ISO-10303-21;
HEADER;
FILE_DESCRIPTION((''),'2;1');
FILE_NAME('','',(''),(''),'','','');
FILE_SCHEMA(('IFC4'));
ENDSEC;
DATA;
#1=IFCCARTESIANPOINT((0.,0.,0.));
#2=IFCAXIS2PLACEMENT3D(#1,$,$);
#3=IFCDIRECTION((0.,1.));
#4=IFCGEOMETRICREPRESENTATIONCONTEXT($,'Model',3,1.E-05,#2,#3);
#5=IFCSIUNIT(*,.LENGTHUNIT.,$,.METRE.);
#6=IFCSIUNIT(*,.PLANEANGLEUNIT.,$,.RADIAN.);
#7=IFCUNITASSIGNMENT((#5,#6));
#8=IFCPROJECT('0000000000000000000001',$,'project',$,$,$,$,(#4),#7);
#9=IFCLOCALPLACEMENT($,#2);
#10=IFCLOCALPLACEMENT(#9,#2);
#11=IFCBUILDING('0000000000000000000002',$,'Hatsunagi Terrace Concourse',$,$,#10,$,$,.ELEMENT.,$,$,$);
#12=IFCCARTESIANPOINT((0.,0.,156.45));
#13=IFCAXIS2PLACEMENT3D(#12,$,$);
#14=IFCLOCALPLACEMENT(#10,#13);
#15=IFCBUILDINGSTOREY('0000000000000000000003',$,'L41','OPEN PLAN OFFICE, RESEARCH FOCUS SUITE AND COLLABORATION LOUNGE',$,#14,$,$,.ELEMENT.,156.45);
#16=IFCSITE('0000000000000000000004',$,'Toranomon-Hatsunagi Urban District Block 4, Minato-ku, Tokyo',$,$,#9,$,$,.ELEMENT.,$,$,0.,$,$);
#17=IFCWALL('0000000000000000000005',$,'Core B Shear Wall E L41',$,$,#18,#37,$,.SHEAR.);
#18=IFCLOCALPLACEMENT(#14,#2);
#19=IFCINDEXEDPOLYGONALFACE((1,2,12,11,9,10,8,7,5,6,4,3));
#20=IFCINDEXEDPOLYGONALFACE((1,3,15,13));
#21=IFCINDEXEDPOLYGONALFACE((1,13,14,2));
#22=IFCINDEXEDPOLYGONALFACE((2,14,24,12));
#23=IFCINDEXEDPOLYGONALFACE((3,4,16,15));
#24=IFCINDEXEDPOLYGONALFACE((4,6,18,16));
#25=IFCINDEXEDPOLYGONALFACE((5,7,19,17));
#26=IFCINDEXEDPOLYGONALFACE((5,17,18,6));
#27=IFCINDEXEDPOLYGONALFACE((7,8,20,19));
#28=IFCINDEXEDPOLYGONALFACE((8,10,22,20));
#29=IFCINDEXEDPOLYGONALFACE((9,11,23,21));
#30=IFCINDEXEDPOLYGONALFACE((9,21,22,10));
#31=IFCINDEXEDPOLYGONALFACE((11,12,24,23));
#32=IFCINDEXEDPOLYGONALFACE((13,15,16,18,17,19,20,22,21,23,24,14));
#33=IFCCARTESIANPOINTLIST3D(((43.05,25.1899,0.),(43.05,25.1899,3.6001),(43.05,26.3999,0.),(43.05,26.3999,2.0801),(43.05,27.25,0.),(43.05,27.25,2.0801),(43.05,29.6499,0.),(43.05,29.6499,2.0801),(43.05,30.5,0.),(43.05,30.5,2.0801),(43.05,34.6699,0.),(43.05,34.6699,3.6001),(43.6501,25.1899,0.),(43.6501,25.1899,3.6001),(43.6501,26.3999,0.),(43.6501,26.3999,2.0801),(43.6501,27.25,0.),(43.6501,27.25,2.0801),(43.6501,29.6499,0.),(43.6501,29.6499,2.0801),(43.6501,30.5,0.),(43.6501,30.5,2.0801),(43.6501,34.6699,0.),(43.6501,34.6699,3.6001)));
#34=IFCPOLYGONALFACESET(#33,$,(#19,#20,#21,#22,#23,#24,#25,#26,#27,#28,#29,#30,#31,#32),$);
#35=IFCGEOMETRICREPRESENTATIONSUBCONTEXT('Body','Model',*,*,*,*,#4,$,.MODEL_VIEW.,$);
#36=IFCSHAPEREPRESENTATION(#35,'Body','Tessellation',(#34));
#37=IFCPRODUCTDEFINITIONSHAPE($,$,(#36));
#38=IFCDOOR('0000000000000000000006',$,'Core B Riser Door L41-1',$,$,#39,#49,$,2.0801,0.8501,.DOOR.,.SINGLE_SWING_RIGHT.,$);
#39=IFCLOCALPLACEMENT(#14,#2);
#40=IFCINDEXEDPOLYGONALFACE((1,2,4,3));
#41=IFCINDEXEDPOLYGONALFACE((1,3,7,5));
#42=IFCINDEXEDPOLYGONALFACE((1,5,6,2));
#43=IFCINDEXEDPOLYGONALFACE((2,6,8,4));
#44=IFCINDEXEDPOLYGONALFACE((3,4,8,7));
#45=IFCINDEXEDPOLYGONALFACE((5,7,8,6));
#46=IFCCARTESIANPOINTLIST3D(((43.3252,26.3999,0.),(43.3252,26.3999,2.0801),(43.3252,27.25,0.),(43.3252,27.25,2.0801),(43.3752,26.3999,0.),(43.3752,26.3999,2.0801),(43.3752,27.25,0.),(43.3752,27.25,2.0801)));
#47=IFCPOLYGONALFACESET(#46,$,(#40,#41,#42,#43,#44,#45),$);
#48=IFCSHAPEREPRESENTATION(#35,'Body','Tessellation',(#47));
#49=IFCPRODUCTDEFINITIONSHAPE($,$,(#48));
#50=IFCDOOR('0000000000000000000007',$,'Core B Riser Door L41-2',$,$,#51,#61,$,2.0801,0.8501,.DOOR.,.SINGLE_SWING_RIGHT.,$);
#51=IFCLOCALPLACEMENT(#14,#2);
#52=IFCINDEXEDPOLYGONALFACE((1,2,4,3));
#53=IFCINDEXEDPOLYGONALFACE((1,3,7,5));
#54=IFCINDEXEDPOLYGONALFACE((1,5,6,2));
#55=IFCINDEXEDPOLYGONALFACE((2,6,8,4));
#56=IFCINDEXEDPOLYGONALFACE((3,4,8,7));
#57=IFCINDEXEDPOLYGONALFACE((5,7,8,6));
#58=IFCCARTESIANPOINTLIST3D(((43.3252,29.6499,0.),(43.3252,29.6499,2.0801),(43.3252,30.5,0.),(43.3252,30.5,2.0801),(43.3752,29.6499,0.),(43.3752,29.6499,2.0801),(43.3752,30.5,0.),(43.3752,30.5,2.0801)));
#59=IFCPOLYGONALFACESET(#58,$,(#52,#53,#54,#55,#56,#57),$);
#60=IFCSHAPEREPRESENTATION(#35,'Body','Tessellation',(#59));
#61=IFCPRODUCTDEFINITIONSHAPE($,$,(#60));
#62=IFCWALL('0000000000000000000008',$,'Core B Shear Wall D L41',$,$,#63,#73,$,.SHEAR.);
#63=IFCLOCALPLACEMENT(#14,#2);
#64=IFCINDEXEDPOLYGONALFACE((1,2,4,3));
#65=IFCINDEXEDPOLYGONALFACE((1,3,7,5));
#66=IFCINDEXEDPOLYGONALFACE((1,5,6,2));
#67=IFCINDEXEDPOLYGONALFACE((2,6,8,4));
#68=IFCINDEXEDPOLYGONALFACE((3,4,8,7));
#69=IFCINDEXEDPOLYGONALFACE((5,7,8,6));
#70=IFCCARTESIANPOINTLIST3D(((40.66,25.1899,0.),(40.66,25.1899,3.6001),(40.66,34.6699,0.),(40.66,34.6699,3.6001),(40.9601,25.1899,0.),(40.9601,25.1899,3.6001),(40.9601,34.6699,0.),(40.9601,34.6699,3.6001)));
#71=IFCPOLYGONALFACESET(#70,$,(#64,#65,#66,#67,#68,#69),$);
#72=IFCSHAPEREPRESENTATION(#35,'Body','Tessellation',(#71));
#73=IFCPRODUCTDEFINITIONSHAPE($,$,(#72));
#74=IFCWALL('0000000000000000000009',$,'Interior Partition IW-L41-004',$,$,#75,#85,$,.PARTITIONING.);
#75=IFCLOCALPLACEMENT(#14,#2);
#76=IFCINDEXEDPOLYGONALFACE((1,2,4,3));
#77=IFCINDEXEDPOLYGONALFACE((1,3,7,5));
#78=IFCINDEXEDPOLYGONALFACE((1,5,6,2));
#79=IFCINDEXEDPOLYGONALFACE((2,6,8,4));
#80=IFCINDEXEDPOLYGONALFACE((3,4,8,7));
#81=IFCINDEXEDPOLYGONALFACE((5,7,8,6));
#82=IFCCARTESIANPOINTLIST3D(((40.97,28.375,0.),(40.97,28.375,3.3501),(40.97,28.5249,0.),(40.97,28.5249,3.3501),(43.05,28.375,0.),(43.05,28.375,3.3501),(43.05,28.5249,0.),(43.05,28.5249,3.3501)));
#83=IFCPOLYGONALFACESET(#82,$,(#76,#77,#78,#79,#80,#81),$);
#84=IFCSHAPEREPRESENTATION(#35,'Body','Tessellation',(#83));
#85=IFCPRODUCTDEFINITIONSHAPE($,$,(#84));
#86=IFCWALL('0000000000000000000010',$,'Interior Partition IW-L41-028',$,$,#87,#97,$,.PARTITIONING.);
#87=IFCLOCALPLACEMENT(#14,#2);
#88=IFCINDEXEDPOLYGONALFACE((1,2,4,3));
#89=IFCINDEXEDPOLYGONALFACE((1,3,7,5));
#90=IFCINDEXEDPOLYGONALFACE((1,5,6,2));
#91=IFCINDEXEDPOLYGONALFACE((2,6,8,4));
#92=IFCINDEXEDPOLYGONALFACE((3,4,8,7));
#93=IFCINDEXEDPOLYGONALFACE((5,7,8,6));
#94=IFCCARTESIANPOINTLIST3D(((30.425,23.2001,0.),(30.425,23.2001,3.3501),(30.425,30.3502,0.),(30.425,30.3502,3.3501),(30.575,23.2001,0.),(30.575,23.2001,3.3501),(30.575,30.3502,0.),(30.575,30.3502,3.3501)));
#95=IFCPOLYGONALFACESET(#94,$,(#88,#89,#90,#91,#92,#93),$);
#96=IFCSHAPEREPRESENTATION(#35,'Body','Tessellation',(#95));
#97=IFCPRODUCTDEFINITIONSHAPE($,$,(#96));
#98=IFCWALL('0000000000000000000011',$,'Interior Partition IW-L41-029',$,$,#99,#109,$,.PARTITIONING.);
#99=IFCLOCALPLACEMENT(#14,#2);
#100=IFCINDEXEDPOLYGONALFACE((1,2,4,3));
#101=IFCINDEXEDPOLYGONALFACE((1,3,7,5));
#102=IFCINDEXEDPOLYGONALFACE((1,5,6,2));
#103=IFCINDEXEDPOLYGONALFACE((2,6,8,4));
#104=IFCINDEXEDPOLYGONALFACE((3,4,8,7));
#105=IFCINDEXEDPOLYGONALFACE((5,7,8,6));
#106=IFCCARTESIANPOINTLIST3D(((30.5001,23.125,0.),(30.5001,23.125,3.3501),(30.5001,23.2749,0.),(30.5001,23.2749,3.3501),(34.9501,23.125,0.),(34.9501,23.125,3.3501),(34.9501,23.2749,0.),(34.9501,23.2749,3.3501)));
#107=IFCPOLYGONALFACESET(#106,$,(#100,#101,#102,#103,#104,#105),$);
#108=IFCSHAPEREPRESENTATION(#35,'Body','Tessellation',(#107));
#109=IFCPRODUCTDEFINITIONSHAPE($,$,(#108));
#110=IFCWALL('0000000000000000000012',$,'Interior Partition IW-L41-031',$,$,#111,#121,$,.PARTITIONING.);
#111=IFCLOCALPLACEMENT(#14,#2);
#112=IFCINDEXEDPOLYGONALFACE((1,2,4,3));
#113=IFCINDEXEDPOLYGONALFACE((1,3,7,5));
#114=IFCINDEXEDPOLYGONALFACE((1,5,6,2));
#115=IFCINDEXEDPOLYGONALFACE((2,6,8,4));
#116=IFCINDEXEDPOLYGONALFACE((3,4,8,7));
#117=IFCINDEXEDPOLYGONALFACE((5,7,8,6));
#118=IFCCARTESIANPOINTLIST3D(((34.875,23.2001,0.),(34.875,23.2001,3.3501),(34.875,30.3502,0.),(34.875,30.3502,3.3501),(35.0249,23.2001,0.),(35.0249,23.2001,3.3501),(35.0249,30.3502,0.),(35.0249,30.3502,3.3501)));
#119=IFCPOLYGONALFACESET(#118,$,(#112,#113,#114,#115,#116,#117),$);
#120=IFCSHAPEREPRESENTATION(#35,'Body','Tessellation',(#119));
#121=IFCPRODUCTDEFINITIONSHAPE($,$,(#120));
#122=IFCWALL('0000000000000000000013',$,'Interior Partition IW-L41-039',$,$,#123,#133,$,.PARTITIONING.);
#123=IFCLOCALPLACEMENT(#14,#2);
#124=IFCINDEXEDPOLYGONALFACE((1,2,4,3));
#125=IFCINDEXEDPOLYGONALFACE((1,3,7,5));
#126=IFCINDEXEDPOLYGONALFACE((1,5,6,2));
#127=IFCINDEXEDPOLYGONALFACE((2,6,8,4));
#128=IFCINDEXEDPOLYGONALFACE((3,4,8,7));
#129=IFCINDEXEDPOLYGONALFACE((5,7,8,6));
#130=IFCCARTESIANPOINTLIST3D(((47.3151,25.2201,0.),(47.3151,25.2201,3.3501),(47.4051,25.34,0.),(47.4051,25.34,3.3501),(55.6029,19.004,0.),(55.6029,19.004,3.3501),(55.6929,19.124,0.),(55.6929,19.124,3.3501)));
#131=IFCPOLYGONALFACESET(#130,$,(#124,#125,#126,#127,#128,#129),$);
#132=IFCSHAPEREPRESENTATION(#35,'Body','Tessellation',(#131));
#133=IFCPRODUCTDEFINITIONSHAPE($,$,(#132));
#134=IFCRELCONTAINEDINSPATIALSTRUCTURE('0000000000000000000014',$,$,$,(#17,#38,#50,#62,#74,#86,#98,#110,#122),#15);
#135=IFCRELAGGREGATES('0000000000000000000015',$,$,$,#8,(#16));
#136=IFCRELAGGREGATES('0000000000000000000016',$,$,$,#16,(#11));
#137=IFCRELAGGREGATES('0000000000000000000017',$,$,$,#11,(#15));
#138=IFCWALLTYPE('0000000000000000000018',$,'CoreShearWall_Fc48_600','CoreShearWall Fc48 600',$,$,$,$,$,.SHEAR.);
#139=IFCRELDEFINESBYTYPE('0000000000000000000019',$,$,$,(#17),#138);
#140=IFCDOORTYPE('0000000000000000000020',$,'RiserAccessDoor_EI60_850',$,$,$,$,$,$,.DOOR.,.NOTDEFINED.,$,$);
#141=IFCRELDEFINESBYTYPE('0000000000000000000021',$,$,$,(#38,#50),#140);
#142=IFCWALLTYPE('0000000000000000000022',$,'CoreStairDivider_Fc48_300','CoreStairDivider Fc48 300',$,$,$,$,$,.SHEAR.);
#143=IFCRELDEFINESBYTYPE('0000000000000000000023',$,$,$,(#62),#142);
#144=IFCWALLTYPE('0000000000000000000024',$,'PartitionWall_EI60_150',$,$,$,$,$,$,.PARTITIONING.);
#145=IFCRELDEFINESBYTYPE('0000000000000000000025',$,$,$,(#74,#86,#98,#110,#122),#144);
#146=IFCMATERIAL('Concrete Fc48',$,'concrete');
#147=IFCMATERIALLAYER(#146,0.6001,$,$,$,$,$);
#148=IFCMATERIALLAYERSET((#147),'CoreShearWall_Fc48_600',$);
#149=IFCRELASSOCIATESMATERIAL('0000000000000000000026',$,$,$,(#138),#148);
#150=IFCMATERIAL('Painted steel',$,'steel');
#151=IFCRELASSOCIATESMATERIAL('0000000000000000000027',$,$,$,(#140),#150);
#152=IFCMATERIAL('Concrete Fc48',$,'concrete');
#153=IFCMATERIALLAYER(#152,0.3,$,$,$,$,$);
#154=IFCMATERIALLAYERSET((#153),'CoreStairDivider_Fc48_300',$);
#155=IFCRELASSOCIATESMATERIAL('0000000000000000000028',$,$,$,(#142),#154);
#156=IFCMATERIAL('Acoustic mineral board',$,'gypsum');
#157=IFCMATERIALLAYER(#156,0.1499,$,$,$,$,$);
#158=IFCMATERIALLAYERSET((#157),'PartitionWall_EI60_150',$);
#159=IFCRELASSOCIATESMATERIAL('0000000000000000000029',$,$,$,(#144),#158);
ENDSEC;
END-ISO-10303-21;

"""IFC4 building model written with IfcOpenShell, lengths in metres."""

from ifc_helpers import new_model, si_unit, direction, frame, frame_2d, origin, place, context, subcontext, project, spatial, rectangle, extrude, material, layer, layer_set, type_object, element, fill, save


model = new_model("IFC4")

# Units and contexts
model_context = context("Model", 3, precision=1e-05, world=origin(), true_north=direction((0.0, 1.0)))
body_context = subcontext(model_context, "Body", "Model", "MODEL_VIEW")
ifc_project = project(units=[si_unit("LENGTHUNIT", "METRE"), si_unit("PLANEANGLEUNIT", "RADIAN")], contexts=[model_context])

# Site, building, storey
site_placement = place(None, origin())
site = spatial("IfcSite", under=ifc_project, at=site_placement, Name="Toranomon-Hatsunagi Urban District Block 4, Minato-ku, Tokyo", CompositionType="ELEMENT", RefElevation=0.0)
building_placement = place(site_placement, origin())
building = spatial("IfcBuilding", under=site, at=building_placement, Name="Hatsunagi Terrace Concourse", CompositionType="ELEMENT")
storey_placement = place(building_placement, frame((0.0, 0.0, 156.45)))
storey = spatial("IfcBuildingStorey", under=building, at=storey_placement, Name="L41", Description="OPEN PLAN OFFICE, RESEARCH FOCUS SUITE AND COLLABORATION LOUNGE", CompositionType="ELEMENT", Elevation=156.45)

# Shared definitions
ifc_material_1 = material(Name="Concrete Fc48", Category="concrete")
ifc_layer_1 = layer(ifc_material_1, 0.6001)
ifc_layer_set_1 = layer_set([ifc_layer_1], Name="CoreShearWall_Fc48_600")
wall_type_1 = type_object("IfcWallType", Name="CoreShearWall_Fc48_600", Description="CoreShearWall Fc48 600", PredefinedType="SHEAR", material=ifc_layer_set_1)

# Wall, openings, doors
wall_1_placement = place(storey_placement, frame((43.3501, 25.1899, 0.0), z_axis=(0.0, 0.0, 1.0), x_axis=(0.0, 1.0, 0.0)))
wall_1 = element("IfcWall", 1, at=wall_1_placement, inside=storey, type_object=wall_type_1, Name="Core B Shear Wall E L41", PredefinedType="SHEAR", context=body_context, shape_type="SweptSolid", body=[
    extrude(rectangle(XDim=9.48, YDim=0.6001, at=frame_2d((4.74, 0.0))), origin(), (0.0, 0.0, 1.0), 3.6001),
])
opening_1_placement = place(wall_1_placement, frame((1.21, 0.0, 0.0)))
opening_1 = element("IfcOpeningElement", 2, at=opening_1_placement, cuts=wall_1, PredefinedType="OPENING", context=body_context, shape_type="SweptSolid", body=[
    extrude(rectangle(XDim=0.8501, YDim=2.0801, at=frame_2d((0.425, 1.04))), frame((0.0, 0.3101, 0.0), z_axis=(0.0, -1.0, 0.0), x_axis=(1.0, 0.0, 0.0)), (0.0, 0.0, 1.0), 0.6201),
])
opening_2_placement = place(wall_1_placement, frame((4.46, 0.0, 0.0)))
opening_2 = element("IfcOpeningElement", 3, at=opening_2_placement, cuts=wall_1, PredefinedType="OPENING", context=body_context, shape_type="SweptSolid", body=[
    extrude(rectangle(XDim=0.8501, YDim=2.0801, at=frame_2d((0.425, 1.04))), frame((0.0, 0.3101, 0.0), z_axis=(0.0, -1.0, 0.0), x_axis=(1.0, 0.0, 0.0)), (0.0, 0.0, 1.0), 0.6201),
])
ifc_material_2 = material(Name="Painted steel", Category="steel")
door_type_1 = type_object("IfcDoorType", Name="RiserAccessDoor_EI60_850", OperationType="NOTDEFINED", PredefinedType="DOOR", material=ifc_material_2)
door_1_placement = place(opening_1_placement, origin())
door_1 = element("IfcDoor", 4, at=door_1_placement, inside=storey, type_object=door_type_1, Name="Core B Riser Door L41-1", OperationType="SINGLE_SWING_RIGHT", OverallHeight=2.0801, OverallWidth=0.8501, PredefinedType="DOOR", context=body_context, shape_type="SweptSolid", body=[
    extrude(rectangle(XDim=0.8501, YDim=2.0801, at=frame_2d((0.425, 1.04))), frame((0.0, 0.0249, 0.0), z_axis=(0.0, -1.0, 0.0), x_axis=(1.0, 0.0, 0.0)), (0.0, 0.0, 1.0), 0.05),
])
fill(opening_1, door_1)
door_2_placement = place(opening_2_placement, origin())
door_2 = element("IfcDoor", 5, at=door_2_placement, inside=storey, type_object=door_type_1, Name="Core B Riser Door L41-2", OperationType="SINGLE_SWING_RIGHT", OverallHeight=2.0801, OverallWidth=0.8501, PredefinedType="DOOR", context=body_context, shape_type="SweptSolid", body=[
    extrude(rectangle(XDim=0.8501, YDim=2.0801, at=frame_2d((0.425, 1.04))), frame((0.0, 0.0249, 0.0), z_axis=(0.0, -1.0, 0.0), x_axis=(1.0, 0.0, 0.0)), (0.0, 0.0, 1.0), 0.05),
])
fill(opening_2, door_2)

# Walls
ifc_material_3 = material(Name="Concrete Fc48", Category="concrete")
ifc_layer_2 = layer(ifc_material_3, 0.3)
ifc_layer_set_2 = layer_set([ifc_layer_2], Name="CoreStairDivider_Fc48_300")
wall_type_2 = type_object("IfcWallType", Name="CoreStairDivider_Fc48_300", Description="CoreStairDivider Fc48 300", PredefinedType="SHEAR", material=ifc_layer_set_2)
wall_2_placement = place(storey_placement, frame((40.8101, 25.1899, 0.0), z_axis=(0.0, 0.0, 1.0), x_axis=(0.0, 1.0, 0.0)))
element("IfcWall", 6, at=wall_2_placement, inside=storey, type_object=wall_type_2, Name="Core B Shear Wall D L41", PredefinedType="SHEAR", context=body_context, shape_type="SweptSolid", body=[
    extrude(rectangle(XDim=9.48, YDim=0.3, at=frame_2d((4.74, 0.0))), origin(), (0.0, 0.0, 1.0), 3.6001),
])
ifc_material_4 = material(Name="Acoustic mineral board", Category="gypsum")
ifc_layer_3 = layer(ifc_material_4, 0.1499)
ifc_layer_set_3 = layer_set([ifc_layer_3], Name="PartitionWall_EI60_150")
wall_type_3 = type_object("IfcWallType", Name="PartitionWall_EI60_150", PredefinedType="PARTITIONING", material=ifc_layer_set_3)
wall_3_placement = place(storey_placement, frame((40.97, 28.45, 0.0), z_axis=(0.0, 0.0, 1.0), x_axis=(1.0, 0.0, 0.0)))
element("IfcWall", 7, at=wall_3_placement, inside=storey, type_object=wall_type_3, Name="Interior Partition IW-L41-004", PredefinedType="PARTITIONING", context=body_context, shape_type="SweptSolid", body=[
    extrude(rectangle(XDim=2.0801, YDim=0.1499, at=frame_2d((1.04, 0.0))), origin(), (0.0, 0.0, 1.0), 3.3501),
])
wall_4_placement = place(storey_placement, frame((30.5, 23.2, 0.0), z_axis=(0.0, 0.0, 1.0), x_axis=(0.0, 1.0, 0.0)))
element("IfcWall", 8, at=wall_4_placement, inside=storey, type_object=wall_type_3, Name="Interior Partition IW-L41-028", PredefinedType="PARTITIONING", context=body_context, shape_type="SweptSolid", body=[
    extrude(rectangle(XDim=7.1501, YDim=0.1499, at=frame_2d((3.5752, 0.0))), origin(), (0.0, 0.0, 1.0), 3.3501),
])
wall_5_placement = place(storey_placement, frame((30.5, 23.2, 0.0), z_axis=(0.0, 0.0, 1.0), x_axis=(1.0, 0.0, 0.0)))
element("IfcWall", 9, at=wall_5_placement, inside=storey, type_object=wall_type_3, Name="Interior Partition IW-L41-029", PredefinedType="PARTITIONING", context=body_context, shape_type="SweptSolid", body=[
    extrude(rectangle(XDim=4.45, YDim=0.1499, at=frame_2d((2.2251, 0.0))), origin(), (0.0, 0.0, 1.0), 3.3501),
])
wall_6_placement = place(storey_placement, frame((34.95, 23.2, 0.0), z_axis=(0.0, 0.0, 1.0), x_axis=(0.0, 1.0, 0.0)))
element("IfcWall", 10, at=wall_6_placement, inside=storey, type_object=wall_type_3, Name="Interior Partition IW-L41-031", PredefinedType="PARTITIONING", context=body_context, shape_type="SweptSolid", body=[
    extrude(rectangle(XDim=7.1501, YDim=0.1499, at=frame_2d((3.5752, 0.0))), origin(), (0.0, 0.0, 1.0), 3.3501),
])
wall_7_placement = place(storey_placement, frame((47.3601, 25.28, 0.0), z_axis=(0.0, 0.0, 1.0), x_axis=(0.799992, -0.600011, 0.0)))
element("IfcWall", 11, at=wall_7_placement, inside=storey, type_object=wall_type_3, Name="Interior Partition IW-L41-039", PredefinedType="PARTITIONING", context=body_context, shape_type="SweptSolid", body=[
    extrude(rectangle(XDim=10.3599, YDim=0.1499, at=frame_2d((5.1799, 0.0))), origin(), (0.0, 0.0, 1.0), 3.3501),
])

save(model, "model.ifc")
